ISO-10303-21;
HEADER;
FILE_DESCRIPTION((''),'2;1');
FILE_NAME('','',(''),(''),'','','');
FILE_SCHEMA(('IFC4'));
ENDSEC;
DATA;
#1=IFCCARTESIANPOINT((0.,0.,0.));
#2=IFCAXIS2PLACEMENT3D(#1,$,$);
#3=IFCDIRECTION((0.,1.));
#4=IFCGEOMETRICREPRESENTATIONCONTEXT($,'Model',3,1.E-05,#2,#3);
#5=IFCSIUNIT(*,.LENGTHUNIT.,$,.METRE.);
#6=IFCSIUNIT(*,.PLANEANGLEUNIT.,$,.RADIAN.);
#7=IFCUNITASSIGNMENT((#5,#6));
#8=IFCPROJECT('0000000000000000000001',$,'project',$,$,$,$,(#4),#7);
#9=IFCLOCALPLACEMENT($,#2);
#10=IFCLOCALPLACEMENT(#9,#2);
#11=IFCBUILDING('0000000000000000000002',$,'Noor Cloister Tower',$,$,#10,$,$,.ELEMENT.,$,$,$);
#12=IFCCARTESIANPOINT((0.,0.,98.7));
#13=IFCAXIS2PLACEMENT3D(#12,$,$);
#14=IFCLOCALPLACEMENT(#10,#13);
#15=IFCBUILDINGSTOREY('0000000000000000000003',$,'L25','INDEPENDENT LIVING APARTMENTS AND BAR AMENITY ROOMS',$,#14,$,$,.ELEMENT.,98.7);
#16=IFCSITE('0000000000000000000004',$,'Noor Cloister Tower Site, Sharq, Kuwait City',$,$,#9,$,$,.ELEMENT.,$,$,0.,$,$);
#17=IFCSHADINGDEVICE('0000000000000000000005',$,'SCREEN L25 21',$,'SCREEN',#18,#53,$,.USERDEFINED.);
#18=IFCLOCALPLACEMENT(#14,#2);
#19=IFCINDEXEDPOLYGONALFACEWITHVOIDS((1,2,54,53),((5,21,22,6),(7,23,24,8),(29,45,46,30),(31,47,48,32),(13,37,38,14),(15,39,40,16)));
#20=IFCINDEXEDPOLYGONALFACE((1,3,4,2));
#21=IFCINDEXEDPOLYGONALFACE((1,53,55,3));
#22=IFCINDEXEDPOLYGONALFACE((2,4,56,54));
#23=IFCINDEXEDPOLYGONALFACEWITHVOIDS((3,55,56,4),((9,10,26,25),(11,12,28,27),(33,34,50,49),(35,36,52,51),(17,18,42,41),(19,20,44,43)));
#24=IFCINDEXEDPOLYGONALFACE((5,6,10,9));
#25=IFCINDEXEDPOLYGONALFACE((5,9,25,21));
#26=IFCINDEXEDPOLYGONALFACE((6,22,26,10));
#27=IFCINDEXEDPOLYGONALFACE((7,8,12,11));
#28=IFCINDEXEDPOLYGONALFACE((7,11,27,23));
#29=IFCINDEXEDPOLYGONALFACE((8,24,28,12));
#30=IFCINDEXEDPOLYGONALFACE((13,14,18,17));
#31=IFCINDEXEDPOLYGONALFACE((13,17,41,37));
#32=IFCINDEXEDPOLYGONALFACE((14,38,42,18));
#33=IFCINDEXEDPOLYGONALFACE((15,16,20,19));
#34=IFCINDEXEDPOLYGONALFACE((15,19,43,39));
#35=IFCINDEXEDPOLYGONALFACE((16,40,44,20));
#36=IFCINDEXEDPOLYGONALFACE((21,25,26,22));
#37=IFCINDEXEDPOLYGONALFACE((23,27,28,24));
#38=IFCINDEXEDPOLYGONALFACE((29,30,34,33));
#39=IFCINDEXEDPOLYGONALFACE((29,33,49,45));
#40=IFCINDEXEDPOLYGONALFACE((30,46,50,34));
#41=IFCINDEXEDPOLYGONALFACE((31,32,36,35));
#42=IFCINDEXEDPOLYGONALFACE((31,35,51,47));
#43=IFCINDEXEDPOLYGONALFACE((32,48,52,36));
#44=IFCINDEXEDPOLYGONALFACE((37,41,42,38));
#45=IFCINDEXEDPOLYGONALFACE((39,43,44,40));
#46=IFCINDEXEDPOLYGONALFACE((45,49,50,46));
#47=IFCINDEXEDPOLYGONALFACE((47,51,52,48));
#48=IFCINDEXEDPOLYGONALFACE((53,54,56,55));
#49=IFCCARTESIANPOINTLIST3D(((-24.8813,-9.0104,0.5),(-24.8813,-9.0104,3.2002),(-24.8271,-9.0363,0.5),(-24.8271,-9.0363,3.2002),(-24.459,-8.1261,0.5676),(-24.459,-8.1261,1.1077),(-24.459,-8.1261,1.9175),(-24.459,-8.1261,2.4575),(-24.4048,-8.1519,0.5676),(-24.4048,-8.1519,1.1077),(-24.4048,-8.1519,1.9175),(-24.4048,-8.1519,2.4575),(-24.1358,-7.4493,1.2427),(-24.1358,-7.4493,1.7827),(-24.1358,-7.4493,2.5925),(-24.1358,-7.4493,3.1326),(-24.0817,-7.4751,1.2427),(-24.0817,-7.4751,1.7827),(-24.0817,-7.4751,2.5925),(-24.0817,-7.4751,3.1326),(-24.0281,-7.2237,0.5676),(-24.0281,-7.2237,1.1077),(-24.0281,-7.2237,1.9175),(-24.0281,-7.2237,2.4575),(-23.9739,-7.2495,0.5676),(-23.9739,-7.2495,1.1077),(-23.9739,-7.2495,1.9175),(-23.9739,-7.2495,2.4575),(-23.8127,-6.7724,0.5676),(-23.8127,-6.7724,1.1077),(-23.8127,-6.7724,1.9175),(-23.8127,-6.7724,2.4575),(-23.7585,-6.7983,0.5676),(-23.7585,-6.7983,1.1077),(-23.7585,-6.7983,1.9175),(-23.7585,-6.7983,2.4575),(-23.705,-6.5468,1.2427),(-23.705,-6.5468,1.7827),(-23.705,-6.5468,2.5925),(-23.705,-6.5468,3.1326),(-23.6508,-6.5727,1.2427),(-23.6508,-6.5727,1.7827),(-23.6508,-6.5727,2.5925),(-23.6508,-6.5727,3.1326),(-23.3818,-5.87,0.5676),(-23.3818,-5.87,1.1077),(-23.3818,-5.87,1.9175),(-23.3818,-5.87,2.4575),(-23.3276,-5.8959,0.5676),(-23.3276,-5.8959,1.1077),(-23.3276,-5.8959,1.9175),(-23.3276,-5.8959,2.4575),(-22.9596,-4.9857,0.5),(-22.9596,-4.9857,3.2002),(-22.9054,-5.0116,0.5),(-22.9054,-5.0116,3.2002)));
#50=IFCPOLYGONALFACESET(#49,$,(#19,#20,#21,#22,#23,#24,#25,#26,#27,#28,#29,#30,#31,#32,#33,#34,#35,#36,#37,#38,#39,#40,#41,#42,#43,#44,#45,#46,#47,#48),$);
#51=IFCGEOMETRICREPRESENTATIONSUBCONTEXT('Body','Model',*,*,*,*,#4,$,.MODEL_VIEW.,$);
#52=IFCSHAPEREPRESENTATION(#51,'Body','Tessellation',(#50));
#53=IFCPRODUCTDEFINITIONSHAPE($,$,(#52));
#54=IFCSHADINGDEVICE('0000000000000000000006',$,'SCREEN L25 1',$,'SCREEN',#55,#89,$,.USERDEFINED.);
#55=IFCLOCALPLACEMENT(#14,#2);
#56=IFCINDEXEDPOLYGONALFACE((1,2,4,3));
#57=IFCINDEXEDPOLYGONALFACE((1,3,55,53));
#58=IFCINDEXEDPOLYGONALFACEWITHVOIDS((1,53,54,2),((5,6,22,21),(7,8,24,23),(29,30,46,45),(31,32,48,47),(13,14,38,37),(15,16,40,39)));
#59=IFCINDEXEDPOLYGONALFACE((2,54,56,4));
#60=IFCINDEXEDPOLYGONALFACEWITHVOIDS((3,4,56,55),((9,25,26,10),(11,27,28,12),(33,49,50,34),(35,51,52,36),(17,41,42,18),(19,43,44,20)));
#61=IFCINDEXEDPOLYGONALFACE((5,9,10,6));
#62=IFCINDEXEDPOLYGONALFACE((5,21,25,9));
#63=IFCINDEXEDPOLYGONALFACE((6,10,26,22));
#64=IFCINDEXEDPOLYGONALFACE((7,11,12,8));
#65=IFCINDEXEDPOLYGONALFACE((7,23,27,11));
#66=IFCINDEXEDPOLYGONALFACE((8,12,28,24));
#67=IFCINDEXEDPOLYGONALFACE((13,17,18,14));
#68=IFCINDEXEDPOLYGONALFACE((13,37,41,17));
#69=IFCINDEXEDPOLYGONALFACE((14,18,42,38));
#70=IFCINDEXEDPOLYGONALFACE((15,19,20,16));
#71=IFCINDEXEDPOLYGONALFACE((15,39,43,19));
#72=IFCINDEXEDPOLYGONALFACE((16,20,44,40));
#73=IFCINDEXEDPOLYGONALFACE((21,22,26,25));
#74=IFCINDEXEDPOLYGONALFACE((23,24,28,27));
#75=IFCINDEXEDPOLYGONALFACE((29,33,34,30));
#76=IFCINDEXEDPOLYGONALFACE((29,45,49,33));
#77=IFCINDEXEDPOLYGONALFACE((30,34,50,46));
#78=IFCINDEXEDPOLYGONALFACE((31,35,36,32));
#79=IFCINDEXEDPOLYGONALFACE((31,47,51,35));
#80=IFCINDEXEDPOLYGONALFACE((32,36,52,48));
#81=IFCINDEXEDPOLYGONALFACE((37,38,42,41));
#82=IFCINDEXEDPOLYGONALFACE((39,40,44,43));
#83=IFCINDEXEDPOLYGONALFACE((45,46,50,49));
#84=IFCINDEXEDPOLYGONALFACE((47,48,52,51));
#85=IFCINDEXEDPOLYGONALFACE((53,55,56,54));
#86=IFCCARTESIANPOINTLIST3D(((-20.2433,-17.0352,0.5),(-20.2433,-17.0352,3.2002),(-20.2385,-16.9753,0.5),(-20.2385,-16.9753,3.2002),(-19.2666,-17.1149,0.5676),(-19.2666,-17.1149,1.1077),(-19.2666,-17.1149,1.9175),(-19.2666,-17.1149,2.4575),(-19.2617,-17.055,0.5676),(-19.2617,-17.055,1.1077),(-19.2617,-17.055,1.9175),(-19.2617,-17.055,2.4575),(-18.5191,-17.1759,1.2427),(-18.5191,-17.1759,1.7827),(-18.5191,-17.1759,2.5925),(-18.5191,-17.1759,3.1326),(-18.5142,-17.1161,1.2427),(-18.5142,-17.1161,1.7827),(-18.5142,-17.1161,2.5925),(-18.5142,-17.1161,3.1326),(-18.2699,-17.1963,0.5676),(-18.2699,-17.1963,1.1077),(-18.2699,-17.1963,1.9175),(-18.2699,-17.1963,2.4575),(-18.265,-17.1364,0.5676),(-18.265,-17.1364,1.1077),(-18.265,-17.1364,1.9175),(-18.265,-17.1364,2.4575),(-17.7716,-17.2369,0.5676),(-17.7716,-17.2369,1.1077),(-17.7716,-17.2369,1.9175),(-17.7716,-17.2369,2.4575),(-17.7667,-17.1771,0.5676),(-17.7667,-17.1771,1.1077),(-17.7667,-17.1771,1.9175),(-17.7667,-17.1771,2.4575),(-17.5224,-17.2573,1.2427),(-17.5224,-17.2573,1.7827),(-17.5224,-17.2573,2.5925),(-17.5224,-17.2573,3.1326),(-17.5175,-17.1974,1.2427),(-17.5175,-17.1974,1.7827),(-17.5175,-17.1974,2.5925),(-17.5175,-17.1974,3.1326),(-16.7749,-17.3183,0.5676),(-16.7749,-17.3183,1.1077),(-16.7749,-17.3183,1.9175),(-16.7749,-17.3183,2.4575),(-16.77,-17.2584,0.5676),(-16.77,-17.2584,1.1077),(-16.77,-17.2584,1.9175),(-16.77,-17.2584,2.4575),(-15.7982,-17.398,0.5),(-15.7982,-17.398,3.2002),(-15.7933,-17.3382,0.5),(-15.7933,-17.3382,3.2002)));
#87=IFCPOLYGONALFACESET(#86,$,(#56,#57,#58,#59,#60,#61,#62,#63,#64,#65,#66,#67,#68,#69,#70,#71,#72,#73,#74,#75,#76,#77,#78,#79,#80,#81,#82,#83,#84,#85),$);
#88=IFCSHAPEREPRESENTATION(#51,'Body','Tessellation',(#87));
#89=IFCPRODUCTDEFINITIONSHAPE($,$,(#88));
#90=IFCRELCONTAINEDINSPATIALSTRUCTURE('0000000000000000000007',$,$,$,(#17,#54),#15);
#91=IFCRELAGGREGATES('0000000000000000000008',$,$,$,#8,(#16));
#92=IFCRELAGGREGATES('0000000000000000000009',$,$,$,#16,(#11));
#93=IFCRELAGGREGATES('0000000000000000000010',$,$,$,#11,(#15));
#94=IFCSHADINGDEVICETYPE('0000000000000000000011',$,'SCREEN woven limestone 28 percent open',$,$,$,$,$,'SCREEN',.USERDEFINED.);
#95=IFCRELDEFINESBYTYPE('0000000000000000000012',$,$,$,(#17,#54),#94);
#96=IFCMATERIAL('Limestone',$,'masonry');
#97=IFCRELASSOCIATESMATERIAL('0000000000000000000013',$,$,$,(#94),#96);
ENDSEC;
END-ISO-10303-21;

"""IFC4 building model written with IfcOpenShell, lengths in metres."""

from ifc_helpers import new_model, si_unit, direction, frame, origin, place, context, subcontext, project, spatial, polyline, outline, extrude, material, material_profile, profile_set, type_object, element, save


model = new_model("IFC4")

# Units and contexts
model_context = context("Model", 3, precision=1e-05, world=origin(), true_north=direction((0.0, 1.0)))
body_context = subcontext(model_context, "Body", "Model", "MODEL_VIEW")
ifc_project = project(units=[si_unit("LENGTHUNIT", "METRE"), si_unit("PLANEANGLEUNIT", "RADIAN")], contexts=[model_context])

# Site, building, storey
site_placement = place(None, origin())
site = spatial("IfcSite", under=ifc_project, at=site_placement, Name="Noor Cloister Tower Site, Sharq, Kuwait City", CompositionType="ELEMENT", RefElevation=0.0)
building_placement = place(site_placement, origin())
building = spatial("IfcBuilding", under=site, at=building_placement, Name="Noor Cloister Tower", CompositionType="ELEMENT")
storey_placement = place(building_placement, frame((0.0, 0.0, 98.7)))
storey = spatial("IfcBuildingStorey", under=building, at=storey_placement, Name="L25", Description="INDEPENDENT LIVING APARTMENTS AND BAR AMENITY ROOMS", CompositionType="ELEMENT", Elevation=98.7)

# Shading devices
ifc_material_1 = material(Name="Limestone", Category="masonry")
ifc_material_profile_1 = material_profile(ifc_material_1, outline(polyline([(-2.23, -1.3501), (2.23, -1.3501), (2.23, 1.3501), (-2.23, 1.3501), (-2.23, -1.3501)]), holes=[polyline([(-1.25, -1.2825), (-0.25, -1.2825), (-0.25, -0.7424), (-1.25, -0.7424), (-1.25, -1.2825)]), polyline([(0.25, -1.2825), (1.25, -1.2825), (1.25, -0.7424), (0.25, -0.7424), (0.25, -1.2825)]), polyline([(-0.5, -0.6074), (0.5, -0.6074), (0.5, -0.0674), (-0.5, -0.0674), (-0.5, -0.6074)]), polyline([(-1.25, 0.0674), (-0.25, 0.0674), (-0.25, 0.6074), (-1.25, 0.6074), (-1.25, 0.0674)]), polyline([(0.25, 0.0674), (1.25, 0.0674), (1.25, 0.6074), (0.25, 0.6074), (0.25, 0.0674)]), polyline([(-0.5, 0.7424), (0.5, 0.7424), (0.5, 1.2825), (-0.5, 1.2825), (-0.5, 0.7424)])]), Name="Woven screen 28 percent open")
ifc_profile_set_1 = profile_set([ifc_material_profile_1], Name="Limestone")
shading_device_type = type_object("IfcShadingDeviceType", Name="SCREEN woven limestone 28 percent open", ElementType="SCREEN", PredefinedType="USERDEFINED", material=ifc_profile_set_1)
for number, where, z_axis, x_axis, name in (
    (1, (-23.8662, -7.0239, 1.8501), (-0.902409, 0.43088, 0.0), (-0.43088, -0.902409, 0.0), "SCREEN L25 21"),
    (2, (-18.0159, -17.1567, 1.8501), (-0.081362, -0.996685, 0.0), (0.996685, -0.081362, 0.0), "SCREEN L25 1"),
):
    element("IfcShadingDevice", number, at=place(storey_placement, frame(where, z_axis=z_axis, x_axis=x_axis)), inside=storey, type_object=shading_device_type, Name=name, ObjectType="SCREEN", PredefinedType="USERDEFINED", context=body_context, shape_type="SweptSolid", body=[
        extrude(outline(polyline([(-2.23, -1.3501), (2.23, -1.3501), (2.23, 1.3501), (-2.23, 1.3501), (-2.23, -1.3501)]), holes=[polyline([(-1.25, -1.2825), (-0.25, -1.2825), (-0.25, -0.7424), (-1.25, -0.7424), (-1.25, -1.2825)]), polyline([(0.25, -1.2825), (1.25, -1.2825), (1.25, -0.7424), (0.25, -0.7424), (0.25, -1.2825)]), polyline([(-0.5, -0.6074), (0.5, -0.6074), (0.5, -0.0674), (-0.5, -0.0674), (-0.5, -0.6074)]), polyline([(-1.25, 0.0674), (-0.25, 0.0674), (-0.25, 0.6074), (-1.25, 0.6074), (-1.25, 0.0674)]), polyline([(0.25, 0.0674), (1.25, 0.0674), (1.25, 0.6074), (0.25, 0.6074), (0.25, 0.0674)]), polyline([(-0.5, 0.7424), (0.5, 0.7424), (0.5, 1.2825), (-0.5, 1.2825), (-0.5, 0.7424)])]), origin(), (0.0, 0.0, 1.0), 0.0601),
    ])

save(model, "model.ifc")
